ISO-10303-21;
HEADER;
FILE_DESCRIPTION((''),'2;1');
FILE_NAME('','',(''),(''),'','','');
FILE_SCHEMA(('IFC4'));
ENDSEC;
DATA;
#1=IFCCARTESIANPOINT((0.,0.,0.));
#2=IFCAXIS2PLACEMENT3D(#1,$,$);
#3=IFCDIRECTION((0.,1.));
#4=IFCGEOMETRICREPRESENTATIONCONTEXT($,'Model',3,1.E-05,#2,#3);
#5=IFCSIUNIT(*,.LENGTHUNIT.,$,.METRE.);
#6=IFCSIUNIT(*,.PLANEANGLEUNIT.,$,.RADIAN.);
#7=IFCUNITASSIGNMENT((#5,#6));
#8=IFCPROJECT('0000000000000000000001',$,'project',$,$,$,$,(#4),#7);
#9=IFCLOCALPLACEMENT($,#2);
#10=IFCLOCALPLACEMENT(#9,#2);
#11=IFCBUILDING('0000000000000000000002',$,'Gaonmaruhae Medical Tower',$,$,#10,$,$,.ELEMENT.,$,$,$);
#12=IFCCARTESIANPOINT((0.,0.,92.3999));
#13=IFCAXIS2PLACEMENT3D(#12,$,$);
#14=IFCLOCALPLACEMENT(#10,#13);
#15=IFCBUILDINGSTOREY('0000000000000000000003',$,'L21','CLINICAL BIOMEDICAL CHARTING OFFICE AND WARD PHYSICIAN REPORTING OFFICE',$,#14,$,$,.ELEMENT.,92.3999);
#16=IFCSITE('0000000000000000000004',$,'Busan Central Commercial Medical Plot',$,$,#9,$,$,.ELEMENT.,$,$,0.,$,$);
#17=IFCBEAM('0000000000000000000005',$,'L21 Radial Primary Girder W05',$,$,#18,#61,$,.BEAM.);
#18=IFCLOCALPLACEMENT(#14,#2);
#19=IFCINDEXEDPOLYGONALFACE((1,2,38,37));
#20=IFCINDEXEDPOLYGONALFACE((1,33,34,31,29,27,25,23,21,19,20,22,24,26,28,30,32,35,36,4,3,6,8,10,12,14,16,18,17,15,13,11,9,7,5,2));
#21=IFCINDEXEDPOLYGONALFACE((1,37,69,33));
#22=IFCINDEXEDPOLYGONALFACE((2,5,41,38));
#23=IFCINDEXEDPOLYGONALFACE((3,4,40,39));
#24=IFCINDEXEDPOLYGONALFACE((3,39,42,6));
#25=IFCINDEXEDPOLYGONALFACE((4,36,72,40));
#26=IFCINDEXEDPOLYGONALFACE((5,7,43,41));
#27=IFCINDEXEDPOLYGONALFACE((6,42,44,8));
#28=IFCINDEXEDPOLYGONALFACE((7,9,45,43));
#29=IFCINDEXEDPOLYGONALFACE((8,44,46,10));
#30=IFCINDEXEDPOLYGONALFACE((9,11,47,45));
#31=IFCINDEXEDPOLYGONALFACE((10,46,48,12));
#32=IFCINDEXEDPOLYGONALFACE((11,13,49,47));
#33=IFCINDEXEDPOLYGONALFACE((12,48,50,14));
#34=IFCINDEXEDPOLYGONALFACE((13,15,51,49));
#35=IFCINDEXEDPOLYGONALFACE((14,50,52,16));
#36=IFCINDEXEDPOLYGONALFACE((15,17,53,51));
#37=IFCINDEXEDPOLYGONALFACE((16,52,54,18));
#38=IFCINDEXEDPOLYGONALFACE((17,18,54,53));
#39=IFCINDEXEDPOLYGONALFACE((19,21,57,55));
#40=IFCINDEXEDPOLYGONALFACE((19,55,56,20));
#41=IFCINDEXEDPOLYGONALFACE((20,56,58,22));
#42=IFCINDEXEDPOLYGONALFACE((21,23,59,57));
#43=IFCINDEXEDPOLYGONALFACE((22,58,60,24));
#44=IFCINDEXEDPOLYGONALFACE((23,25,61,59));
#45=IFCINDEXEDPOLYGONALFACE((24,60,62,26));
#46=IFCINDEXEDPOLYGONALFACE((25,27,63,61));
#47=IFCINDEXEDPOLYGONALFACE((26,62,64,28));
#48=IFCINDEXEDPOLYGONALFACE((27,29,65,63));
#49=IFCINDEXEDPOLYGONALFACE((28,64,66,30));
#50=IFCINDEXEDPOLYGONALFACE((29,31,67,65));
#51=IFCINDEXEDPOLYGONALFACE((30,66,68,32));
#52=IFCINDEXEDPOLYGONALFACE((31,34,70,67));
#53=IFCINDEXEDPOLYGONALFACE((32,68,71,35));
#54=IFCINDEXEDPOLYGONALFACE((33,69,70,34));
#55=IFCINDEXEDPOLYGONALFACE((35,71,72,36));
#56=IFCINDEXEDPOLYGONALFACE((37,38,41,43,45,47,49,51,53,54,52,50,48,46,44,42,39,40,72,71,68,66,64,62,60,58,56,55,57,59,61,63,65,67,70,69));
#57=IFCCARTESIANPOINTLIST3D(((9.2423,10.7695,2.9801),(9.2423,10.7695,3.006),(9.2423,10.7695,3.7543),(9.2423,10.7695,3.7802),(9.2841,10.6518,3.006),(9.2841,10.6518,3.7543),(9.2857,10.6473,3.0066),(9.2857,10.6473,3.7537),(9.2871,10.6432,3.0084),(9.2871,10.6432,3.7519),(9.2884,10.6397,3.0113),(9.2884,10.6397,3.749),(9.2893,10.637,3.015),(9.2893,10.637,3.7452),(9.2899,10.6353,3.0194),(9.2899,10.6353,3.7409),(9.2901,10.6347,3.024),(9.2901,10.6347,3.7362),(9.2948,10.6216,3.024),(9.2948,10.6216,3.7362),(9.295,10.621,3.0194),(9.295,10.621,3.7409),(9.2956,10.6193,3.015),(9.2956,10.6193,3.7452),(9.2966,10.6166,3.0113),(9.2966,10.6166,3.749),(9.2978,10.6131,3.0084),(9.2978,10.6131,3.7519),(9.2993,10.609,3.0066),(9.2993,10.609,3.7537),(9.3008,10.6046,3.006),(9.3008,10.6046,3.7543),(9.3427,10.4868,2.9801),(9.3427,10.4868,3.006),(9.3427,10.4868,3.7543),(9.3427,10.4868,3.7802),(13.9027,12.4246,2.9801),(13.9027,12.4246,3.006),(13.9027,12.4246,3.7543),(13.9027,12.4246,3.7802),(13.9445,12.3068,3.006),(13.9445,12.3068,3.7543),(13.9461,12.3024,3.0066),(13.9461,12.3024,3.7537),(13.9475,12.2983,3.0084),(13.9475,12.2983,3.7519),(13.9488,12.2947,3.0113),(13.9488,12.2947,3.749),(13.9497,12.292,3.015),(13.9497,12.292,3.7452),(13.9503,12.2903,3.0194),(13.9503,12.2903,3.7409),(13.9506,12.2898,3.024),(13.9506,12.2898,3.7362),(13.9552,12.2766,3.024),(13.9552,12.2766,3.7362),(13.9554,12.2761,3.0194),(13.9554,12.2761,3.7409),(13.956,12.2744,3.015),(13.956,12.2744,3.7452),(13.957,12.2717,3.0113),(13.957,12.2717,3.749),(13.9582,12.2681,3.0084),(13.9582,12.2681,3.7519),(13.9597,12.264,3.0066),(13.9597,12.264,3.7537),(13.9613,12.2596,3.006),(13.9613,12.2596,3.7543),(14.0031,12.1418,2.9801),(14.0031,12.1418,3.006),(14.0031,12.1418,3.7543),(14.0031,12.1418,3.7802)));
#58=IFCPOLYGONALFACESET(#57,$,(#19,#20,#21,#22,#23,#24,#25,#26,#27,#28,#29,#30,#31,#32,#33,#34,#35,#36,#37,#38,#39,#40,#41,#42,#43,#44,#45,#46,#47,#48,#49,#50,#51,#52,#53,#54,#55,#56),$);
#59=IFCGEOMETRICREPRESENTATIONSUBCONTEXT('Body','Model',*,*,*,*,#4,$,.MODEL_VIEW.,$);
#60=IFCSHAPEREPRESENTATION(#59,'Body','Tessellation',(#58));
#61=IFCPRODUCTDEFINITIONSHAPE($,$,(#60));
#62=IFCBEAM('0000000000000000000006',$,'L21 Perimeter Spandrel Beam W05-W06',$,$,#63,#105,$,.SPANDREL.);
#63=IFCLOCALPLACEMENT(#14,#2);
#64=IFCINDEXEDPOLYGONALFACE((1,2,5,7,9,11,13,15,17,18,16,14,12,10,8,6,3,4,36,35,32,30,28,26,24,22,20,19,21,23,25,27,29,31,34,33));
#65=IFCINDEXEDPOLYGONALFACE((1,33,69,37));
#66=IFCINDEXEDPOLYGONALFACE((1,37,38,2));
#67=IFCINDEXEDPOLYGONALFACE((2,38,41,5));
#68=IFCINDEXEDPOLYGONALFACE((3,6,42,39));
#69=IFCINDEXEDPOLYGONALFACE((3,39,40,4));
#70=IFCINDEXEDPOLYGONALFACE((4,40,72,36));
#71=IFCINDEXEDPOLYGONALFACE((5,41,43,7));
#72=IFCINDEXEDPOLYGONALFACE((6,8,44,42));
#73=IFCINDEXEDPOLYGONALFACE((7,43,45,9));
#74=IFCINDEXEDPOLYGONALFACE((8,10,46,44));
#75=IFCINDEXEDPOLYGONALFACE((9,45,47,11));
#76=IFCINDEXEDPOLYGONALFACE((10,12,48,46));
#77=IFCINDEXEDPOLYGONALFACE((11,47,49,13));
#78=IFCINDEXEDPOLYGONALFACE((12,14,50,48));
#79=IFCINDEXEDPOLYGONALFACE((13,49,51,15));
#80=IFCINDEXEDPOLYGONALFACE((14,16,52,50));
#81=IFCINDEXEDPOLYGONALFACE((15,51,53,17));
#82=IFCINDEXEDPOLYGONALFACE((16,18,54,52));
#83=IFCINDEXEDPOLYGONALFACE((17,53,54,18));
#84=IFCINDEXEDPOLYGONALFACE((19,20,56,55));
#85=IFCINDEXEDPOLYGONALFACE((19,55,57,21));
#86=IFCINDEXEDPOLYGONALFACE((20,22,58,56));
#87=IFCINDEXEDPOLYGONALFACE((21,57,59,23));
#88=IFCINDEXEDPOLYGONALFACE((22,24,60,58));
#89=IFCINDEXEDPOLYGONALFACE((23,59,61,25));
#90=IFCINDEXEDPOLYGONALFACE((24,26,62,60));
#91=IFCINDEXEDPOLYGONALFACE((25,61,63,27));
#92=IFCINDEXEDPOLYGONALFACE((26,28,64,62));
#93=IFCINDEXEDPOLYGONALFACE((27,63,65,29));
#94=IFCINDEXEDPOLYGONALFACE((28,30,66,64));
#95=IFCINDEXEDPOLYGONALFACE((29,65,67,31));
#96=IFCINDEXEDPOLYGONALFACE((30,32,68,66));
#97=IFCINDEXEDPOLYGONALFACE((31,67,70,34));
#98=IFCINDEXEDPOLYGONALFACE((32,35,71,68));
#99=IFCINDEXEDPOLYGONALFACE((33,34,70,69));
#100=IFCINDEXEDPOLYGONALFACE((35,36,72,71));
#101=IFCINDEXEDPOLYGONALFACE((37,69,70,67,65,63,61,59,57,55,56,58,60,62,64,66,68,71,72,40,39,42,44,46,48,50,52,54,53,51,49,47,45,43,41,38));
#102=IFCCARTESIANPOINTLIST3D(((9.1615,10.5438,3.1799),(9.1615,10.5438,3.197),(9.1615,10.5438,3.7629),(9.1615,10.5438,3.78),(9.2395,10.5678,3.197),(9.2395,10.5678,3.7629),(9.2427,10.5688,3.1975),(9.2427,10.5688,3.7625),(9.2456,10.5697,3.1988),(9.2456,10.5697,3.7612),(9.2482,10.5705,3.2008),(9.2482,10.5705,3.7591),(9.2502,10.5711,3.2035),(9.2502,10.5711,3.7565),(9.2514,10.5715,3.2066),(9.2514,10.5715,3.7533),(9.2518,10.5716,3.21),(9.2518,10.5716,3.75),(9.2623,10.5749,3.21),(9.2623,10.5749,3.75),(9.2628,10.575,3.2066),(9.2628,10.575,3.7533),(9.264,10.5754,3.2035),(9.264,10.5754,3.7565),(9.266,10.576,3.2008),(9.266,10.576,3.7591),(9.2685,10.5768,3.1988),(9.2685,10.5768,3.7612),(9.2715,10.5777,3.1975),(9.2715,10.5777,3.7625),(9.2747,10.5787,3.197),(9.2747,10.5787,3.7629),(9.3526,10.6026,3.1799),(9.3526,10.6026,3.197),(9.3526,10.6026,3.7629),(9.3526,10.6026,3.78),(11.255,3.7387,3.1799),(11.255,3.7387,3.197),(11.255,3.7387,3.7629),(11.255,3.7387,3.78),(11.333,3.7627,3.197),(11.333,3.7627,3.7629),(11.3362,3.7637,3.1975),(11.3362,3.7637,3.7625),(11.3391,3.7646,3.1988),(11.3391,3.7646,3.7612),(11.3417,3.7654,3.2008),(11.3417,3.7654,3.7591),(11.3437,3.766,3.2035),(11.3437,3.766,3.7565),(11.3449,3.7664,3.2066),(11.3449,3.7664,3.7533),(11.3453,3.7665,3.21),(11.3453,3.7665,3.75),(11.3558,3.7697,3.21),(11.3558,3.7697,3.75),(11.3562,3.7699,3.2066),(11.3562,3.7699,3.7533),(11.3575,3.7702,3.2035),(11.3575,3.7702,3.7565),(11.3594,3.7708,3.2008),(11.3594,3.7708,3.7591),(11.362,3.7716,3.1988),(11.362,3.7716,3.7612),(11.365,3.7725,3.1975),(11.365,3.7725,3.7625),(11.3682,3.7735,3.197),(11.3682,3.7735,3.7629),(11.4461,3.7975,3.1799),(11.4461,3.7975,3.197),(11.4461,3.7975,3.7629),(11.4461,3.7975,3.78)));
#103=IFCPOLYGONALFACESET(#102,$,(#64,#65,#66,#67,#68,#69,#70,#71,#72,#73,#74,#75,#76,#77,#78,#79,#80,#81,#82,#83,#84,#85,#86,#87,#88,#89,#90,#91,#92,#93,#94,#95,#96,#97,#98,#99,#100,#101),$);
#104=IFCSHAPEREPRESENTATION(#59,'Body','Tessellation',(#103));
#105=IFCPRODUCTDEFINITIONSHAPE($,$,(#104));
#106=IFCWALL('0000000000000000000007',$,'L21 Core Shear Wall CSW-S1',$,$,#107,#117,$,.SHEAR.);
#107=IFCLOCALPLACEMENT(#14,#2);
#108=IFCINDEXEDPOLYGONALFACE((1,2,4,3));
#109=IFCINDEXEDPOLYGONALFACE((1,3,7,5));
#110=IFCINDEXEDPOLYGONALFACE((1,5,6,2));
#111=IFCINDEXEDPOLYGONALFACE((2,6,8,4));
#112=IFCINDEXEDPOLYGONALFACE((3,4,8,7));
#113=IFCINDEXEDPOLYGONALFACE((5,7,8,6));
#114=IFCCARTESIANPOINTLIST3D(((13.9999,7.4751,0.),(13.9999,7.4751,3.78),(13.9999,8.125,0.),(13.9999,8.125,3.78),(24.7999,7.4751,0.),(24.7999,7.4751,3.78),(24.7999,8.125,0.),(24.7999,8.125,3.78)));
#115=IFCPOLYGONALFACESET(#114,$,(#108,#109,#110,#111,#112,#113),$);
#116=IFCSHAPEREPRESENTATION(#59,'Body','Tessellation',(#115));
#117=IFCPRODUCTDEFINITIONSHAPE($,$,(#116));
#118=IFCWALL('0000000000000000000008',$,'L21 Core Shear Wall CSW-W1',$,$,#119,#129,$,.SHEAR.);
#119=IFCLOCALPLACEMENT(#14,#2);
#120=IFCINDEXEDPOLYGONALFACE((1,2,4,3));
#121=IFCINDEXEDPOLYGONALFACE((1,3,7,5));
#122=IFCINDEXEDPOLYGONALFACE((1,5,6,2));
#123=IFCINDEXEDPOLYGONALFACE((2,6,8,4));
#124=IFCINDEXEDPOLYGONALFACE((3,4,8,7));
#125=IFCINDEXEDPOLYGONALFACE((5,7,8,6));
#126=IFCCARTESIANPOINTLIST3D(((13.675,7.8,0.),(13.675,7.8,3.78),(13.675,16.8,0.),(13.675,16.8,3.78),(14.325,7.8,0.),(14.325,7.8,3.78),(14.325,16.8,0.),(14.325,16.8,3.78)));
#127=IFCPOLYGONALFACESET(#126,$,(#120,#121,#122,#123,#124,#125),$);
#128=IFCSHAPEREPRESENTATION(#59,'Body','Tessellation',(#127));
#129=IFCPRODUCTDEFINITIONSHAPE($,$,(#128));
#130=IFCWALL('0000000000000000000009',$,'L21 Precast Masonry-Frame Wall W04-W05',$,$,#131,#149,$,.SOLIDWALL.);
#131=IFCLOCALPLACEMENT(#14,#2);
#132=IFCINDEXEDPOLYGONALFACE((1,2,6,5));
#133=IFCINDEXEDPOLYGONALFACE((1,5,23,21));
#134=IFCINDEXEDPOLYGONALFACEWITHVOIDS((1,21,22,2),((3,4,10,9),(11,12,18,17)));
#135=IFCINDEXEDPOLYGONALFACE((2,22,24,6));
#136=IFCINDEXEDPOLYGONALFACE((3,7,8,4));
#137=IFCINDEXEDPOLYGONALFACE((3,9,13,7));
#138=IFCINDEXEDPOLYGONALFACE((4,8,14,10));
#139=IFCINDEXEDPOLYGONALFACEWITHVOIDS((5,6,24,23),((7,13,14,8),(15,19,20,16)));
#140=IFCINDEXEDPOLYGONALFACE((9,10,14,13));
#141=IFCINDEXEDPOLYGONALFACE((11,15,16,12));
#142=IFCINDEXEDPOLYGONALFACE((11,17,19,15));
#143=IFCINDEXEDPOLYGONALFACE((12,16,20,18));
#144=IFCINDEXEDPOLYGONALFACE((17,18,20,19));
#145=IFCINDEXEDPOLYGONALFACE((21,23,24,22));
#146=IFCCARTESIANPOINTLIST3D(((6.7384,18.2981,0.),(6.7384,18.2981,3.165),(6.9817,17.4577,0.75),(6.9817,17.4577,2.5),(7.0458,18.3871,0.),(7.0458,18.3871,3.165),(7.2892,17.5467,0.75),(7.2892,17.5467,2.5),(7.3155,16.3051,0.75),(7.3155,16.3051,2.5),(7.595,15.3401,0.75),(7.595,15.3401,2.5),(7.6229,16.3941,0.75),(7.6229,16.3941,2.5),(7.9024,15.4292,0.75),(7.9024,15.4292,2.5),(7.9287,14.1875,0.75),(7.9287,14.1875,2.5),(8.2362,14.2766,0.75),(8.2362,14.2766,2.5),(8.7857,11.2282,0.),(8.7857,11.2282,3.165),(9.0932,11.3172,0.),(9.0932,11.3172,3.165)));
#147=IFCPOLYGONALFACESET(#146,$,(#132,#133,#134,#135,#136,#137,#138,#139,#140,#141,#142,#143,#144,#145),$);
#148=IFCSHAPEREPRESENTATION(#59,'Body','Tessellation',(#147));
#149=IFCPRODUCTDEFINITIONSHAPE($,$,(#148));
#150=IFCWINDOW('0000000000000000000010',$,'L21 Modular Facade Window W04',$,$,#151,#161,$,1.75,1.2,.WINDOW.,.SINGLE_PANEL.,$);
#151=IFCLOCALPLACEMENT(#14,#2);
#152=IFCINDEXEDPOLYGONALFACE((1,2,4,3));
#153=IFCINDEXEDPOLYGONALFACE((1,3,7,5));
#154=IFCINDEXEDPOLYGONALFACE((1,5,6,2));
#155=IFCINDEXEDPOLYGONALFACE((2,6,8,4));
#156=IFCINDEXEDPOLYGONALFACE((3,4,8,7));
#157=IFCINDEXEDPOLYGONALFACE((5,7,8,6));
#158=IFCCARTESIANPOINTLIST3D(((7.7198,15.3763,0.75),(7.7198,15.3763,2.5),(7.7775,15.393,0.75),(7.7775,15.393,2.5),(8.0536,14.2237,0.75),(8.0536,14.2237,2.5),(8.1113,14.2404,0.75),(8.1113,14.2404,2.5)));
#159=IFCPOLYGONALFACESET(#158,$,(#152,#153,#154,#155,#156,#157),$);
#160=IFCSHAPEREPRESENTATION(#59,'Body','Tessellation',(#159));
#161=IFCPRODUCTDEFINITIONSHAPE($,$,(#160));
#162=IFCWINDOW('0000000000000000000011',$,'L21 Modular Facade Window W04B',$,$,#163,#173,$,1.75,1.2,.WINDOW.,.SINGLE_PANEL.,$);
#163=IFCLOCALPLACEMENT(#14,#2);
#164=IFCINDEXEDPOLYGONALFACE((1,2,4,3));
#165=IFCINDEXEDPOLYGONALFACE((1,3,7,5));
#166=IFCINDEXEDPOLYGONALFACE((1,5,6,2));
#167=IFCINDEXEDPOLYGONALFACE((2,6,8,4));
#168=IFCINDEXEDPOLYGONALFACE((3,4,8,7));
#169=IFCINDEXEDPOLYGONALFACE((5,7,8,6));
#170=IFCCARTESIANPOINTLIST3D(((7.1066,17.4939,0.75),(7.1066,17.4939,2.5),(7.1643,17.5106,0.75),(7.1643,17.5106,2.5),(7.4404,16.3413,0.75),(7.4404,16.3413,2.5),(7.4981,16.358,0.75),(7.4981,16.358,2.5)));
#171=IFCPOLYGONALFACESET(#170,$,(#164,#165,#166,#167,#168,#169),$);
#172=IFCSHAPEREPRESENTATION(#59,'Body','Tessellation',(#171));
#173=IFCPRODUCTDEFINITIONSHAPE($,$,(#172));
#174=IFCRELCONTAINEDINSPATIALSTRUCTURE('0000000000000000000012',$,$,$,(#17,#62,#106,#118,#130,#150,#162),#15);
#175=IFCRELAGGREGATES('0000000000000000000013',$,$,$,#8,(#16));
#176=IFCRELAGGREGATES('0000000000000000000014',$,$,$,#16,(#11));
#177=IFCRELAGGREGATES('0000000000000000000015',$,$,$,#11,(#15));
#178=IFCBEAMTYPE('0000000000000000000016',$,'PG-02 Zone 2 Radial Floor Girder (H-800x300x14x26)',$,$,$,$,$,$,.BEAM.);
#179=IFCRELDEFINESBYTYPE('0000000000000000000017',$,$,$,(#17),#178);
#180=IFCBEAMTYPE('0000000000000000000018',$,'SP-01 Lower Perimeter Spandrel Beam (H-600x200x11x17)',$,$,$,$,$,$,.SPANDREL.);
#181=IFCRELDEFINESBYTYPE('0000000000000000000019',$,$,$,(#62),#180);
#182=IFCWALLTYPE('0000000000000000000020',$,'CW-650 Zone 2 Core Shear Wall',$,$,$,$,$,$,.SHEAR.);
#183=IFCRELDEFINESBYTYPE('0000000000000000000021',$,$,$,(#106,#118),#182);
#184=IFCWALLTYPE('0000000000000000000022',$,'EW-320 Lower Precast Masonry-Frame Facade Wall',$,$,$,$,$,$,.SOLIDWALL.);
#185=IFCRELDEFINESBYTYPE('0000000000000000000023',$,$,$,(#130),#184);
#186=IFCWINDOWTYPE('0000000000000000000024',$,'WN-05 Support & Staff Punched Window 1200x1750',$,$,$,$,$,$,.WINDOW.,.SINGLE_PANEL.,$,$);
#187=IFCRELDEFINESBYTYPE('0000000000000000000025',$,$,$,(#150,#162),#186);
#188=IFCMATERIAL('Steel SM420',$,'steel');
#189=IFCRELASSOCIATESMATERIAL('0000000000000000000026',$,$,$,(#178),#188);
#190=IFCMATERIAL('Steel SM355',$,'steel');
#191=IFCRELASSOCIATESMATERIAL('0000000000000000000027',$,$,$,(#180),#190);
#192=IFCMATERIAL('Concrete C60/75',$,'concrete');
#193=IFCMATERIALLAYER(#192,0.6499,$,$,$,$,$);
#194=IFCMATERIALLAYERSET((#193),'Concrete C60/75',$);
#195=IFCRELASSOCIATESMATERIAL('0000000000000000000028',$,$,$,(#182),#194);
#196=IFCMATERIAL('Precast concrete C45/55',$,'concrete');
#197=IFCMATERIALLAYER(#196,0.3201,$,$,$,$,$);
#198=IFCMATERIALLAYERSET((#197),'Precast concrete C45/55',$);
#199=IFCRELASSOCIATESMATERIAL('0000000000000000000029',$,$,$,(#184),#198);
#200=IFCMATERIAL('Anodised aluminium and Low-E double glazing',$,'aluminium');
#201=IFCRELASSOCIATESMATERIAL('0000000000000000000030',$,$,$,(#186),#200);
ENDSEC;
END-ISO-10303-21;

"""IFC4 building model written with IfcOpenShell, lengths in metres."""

from ifc_helpers import new_model, si_unit, direction, frame, frame_2d, origin, origin_2d, place, context, subcontext, project, spatial, rectangle, i_section, extrude, material, layer, layer_set, material_profile, profile_set, type_object, element, fill, save


model = new_model("IFC4")

# Units and contexts
model_context = context("Model", 3, precision=1e-05, world=origin(), true_north=direction((0.0, 1.0)))
body_context = subcontext(model_context, "Body", "Model", "MODEL_VIEW")
ifc_project = project(units=[si_unit("LENGTHUNIT", "METRE"), si_unit("PLANEANGLEUNIT", "RADIAN")], contexts=[model_context])

# Site, building, storey
site_placement = place(None, origin())
site = spatial("IfcSite", under=ifc_project, at=site_placement, Name="Busan Central Commercial Medical Plot", CompositionType="ELEMENT", RefElevation=0.0)
building_placement = place(site_placement, origin())
building = spatial("IfcBuilding", under=site, at=building_placement, Name="Gaonmaruhae Medical Tower", CompositionType="ELEMENT")
storey_placement = place(building_placement, frame((0.0, 0.0, 92.3999)))
storey = spatial("IfcBuildingStorey", under=building, at=storey_placement, Name="L21", Description="CLINICAL BIOMEDICAL CHARTING OFFICE AND WARD PHYSICIAN REPORTING OFFICE", CompositionType="ELEMENT", Elevation=92.3999)

# Shared definitions
ifc_material_1 = material(Name="Concrete C60/75", Category="concrete")

# Beams
ifc_material_2 = material(Name="Steel SM355", Category="steel")
ifc_material_3 = material(Name="Steel SM420", Category="steel")
ifc_material_profile_1 = material_profile(ifc_material_3, i_section(OverallWidth=0.3, OverallDepth=0.8, WebThickness=0.0139, FlangeThickness=0.0259, FilletRadius=0.0181, at=origin_2d()), Name="H-800x300x14x26")
ifc_profile_set_1 = profile_set([ifc_material_profile_1], Name="Steel SM420")
beam_type_1 = type_object("IfcBeamType", Name="PG-02 Zone 2 Radial Floor Girder (H-800x300x14x26)", PredefinedType="BEAM", material=ifc_profile_set_1)
beam_1_placement = place(storey_placement, frame((13.9529, 12.2832, 3.3801), z_axis=(-0.942342, -0.33465, 0.0), x_axis=(0.33465, -0.942342, 0.0)))
element("IfcBeam", 1, at=beam_1_placement, inside=storey, type_object=beam_type_1, Name="L21 Radial Primary Girder W05", PredefinedType="BEAM", context=body_context, shape_type="SweptSolid", body=[
    extrude(i_section(OverallWidth=0.3, OverallDepth=0.8, WebThickness=0.0139, FlangeThickness=0.0259, FilletRadius=0.0181, at=origin_2d()), origin(), (0.0, 0.0, 1.0), 4.9456),
])
ifc_material_profile_2 = material_profile(ifc_material_2, i_section(OverallWidth=0.2, OverallDepth=0.6001, WebThickness=0.011, FlangeThickness=0.0171, FilletRadius=0.0129, at=origin_2d()), Name="H-600x200x11x17")
ifc_profile_set_2 = profile_set([ifc_material_profile_2], Name="Steel SM355")
beam_type_2 = type_object("IfcBeamType", Name="SP-01 Lower Perimeter Spandrel Beam (H-600x200x11x17)", PredefinedType="SPANDREL", material=ifc_profile_set_2)
beam_2_placement = place(storey_placement, frame((9.2571, 10.5732, 3.48), z_axis=(0.294035, -0.955795, 0.0), x_axis=(0.955795, 0.294035, 0.0)))
element("IfcBeam", 2, at=beam_2_placement, inside=storey, type_object=beam_type_2, Name="L21 Perimeter Spandrel Beam W05-W06", PredefinedType="SPANDREL", context=body_context, shape_type="SweptSolid", body=[
    extrude(i_section(OverallWidth=0.2, OverallDepth=0.6001, WebThickness=0.011, FlangeThickness=0.0171, FilletRadius=0.0129, at=origin_2d()), origin(), (0.0, 0.0, 1.0), 7.1199),
])

# Walls
ifc_layer_1 = layer(ifc_material_1, 0.6499)
ifc_layer_set_1 = layer_set([ifc_layer_1], Name="Concrete C60/75")
wall_type_1 = type_object("IfcWallType", Name="CW-650 Zone 2 Core Shear Wall", PredefinedType="SHEAR", material=ifc_layer_set_1)
wall_1_placement = place(storey_placement, frame((14.0, 7.8, 0.0), z_axis=(0.0, 0.0, 1.0), x_axis=(1.0, 0.0, 0.0)))
element("IfcWall", 3, at=wall_1_placement, inside=storey, type_object=wall_type_1, Name="L21 Core Shear Wall CSW-S1", PredefinedType="SHEAR", context=body_context, shape_type="SweptSolid", body=[
    extrude(rectangle(XDim=10.8, YDim=0.6499, at=frame_2d((5.3999, 0.0))), origin(), (0.0, 0.0, 1.0), 3.78),
])
wall_2_placement = place(storey_placement, frame((14.0, 16.8, 0.0), z_axis=(0.0, 0.0, 1.0), x_axis=(0.0, -1.0, 0.0)))
element("IfcWall", 4, at=wall_2_placement, inside=storey, type_object=wall_type_1, Name="L21 Core Shear Wall CSW-W1", PredefinedType="SHEAR", context=body_context, shape_type="SweptSolid", body=[
    extrude(rectangle(XDim=9.0, YDim=0.6499, at=frame_2d((4.5, 0.0))), origin(), (0.0, 0.0, 1.0), 3.78),
])

# Wall, openings, windows
ifc_material_4 = material(Name="Precast concrete C45/55", Category="concrete")
ifc_layer_2 = layer(ifc_material_4, 0.3201)
ifc_layer_set_2 = layer_set([ifc_layer_2], Name="Precast concrete C45/55")
wall_type_2 = type_object("IfcWallType", Name="EW-320 Lower Precast Masonry-Frame Facade Wall", PredefinedType="SOLIDWALL", material=ifc_layer_set_2)
wall_3_placement = place(storey_placement, frame((8.9395, 11.2727, 0.0), z_axis=(0.0, 0.0, 1.0), x_axis=(-0.278163, 0.960534, 0.0)))
wall_3 = element("IfcWall", 5, at=wall_3_placement, inside=storey, type_object=wall_type_2, Name="L21 Precast Masonry-Frame Wall W04-W05", PredefinedType="SOLIDWALL", context=body_context, shape_type="SweptSolid", body=[
    extrude(rectangle(XDim=7.3604, YDim=0.3201, at=frame_2d((3.6802, 0.0))), origin(), (0.0, 0.0, 1.0), 3.165),
])
opening_1_placement = place(wall_3_placement, frame((3.0808, 0.0, 0.75)))
opening_1 = element("IfcOpeningElement", 6, at=opening_1_placement, cuts=wall_3, PredefinedType="OPENING", context=body_context, shape_type="SweptSolid", body=[
    extrude(rectangle(XDim=1.2, YDim=1.75, at=frame_2d((0.6001, 0.875))), frame((0.0, 0.1699, 0.0), z_axis=(0.0, -1.0, 0.0), x_axis=(1.0, 0.0, 0.0)), (0.0, 0.0, 1.0), 0.3401),
])
opening_2_placement = place(wall_3_placement, frame((5.2854, 0.0, 0.75)))
opening_2 = element("IfcOpeningElement", 7, at=opening_2_placement, cuts=wall_3, PredefinedType="OPENING", context=body_context, shape_type="SweptSolid", body=[
    extrude(rectangle(XDim=1.2, YDim=1.75, at=frame_2d((0.6001, 0.875))), frame((0.0, 0.1699, 0.0), z_axis=(0.0, -1.0, 0.0), x_axis=(1.0, 0.0, 0.0)), (0.0, 0.0, 1.0), 0.3401),
])
ifc_material_5 = material(Name="Anodised aluminium and Low-E double glazing", Category="aluminium")
window_type = type_object("IfcWindowType", Name="WN-05 Support & Staff Punched Window 1200x1750", PartitioningType="SINGLE_PANEL", PredefinedType="WINDOW", material=ifc_material_5)
window_1_placement = place(opening_1_placement, origin())
window_1 = element("IfcWindow", 8, at=window_1_placement, inside=storey, type_object=window_type, Name="L21 Modular Facade Window W04", OverallHeight=1.75, OverallWidth=1.2, PartitioningType="SINGLE_PANEL", PredefinedType="WINDOW", context=body_context, shape_type="SweptSolid", body=[
    extrude(rectangle(XDim=1.2, YDim=1.75, at=frame_2d((0.6001, 0.875))), frame((0.0, 0.03, 0.0), z_axis=(0.0, -1.0, 0.0), x_axis=(1.0, 0.0, 0.0)), (0.0, 0.0, 1.0), 0.0601),
])
fill(opening_1, window_1)
window_2_placement = place(opening_2_placement, origin())
window_2 = element("IfcWindow", 9, at=window_2_placement, inside=storey, type_object=window_type, Name="L21 Modular Facade Window W04B", OverallHeight=1.75, OverallWidth=1.2, PartitioningType="SINGLE_PANEL", PredefinedType="WINDOW", context=body_context, shape_type="SweptSolid", body=[
    extrude(rectangle(XDim=1.2, YDim=1.75, at=frame_2d((0.6001, 0.875))), frame((0.0, 0.03, 0.0), z_axis=(0.0, -1.0, 0.0), x_axis=(1.0, 0.0, 0.0)), (0.0, 0.0, 1.0), 0.0601),
])
fill(opening_2, window_2)

save(model, "model.ifc")
